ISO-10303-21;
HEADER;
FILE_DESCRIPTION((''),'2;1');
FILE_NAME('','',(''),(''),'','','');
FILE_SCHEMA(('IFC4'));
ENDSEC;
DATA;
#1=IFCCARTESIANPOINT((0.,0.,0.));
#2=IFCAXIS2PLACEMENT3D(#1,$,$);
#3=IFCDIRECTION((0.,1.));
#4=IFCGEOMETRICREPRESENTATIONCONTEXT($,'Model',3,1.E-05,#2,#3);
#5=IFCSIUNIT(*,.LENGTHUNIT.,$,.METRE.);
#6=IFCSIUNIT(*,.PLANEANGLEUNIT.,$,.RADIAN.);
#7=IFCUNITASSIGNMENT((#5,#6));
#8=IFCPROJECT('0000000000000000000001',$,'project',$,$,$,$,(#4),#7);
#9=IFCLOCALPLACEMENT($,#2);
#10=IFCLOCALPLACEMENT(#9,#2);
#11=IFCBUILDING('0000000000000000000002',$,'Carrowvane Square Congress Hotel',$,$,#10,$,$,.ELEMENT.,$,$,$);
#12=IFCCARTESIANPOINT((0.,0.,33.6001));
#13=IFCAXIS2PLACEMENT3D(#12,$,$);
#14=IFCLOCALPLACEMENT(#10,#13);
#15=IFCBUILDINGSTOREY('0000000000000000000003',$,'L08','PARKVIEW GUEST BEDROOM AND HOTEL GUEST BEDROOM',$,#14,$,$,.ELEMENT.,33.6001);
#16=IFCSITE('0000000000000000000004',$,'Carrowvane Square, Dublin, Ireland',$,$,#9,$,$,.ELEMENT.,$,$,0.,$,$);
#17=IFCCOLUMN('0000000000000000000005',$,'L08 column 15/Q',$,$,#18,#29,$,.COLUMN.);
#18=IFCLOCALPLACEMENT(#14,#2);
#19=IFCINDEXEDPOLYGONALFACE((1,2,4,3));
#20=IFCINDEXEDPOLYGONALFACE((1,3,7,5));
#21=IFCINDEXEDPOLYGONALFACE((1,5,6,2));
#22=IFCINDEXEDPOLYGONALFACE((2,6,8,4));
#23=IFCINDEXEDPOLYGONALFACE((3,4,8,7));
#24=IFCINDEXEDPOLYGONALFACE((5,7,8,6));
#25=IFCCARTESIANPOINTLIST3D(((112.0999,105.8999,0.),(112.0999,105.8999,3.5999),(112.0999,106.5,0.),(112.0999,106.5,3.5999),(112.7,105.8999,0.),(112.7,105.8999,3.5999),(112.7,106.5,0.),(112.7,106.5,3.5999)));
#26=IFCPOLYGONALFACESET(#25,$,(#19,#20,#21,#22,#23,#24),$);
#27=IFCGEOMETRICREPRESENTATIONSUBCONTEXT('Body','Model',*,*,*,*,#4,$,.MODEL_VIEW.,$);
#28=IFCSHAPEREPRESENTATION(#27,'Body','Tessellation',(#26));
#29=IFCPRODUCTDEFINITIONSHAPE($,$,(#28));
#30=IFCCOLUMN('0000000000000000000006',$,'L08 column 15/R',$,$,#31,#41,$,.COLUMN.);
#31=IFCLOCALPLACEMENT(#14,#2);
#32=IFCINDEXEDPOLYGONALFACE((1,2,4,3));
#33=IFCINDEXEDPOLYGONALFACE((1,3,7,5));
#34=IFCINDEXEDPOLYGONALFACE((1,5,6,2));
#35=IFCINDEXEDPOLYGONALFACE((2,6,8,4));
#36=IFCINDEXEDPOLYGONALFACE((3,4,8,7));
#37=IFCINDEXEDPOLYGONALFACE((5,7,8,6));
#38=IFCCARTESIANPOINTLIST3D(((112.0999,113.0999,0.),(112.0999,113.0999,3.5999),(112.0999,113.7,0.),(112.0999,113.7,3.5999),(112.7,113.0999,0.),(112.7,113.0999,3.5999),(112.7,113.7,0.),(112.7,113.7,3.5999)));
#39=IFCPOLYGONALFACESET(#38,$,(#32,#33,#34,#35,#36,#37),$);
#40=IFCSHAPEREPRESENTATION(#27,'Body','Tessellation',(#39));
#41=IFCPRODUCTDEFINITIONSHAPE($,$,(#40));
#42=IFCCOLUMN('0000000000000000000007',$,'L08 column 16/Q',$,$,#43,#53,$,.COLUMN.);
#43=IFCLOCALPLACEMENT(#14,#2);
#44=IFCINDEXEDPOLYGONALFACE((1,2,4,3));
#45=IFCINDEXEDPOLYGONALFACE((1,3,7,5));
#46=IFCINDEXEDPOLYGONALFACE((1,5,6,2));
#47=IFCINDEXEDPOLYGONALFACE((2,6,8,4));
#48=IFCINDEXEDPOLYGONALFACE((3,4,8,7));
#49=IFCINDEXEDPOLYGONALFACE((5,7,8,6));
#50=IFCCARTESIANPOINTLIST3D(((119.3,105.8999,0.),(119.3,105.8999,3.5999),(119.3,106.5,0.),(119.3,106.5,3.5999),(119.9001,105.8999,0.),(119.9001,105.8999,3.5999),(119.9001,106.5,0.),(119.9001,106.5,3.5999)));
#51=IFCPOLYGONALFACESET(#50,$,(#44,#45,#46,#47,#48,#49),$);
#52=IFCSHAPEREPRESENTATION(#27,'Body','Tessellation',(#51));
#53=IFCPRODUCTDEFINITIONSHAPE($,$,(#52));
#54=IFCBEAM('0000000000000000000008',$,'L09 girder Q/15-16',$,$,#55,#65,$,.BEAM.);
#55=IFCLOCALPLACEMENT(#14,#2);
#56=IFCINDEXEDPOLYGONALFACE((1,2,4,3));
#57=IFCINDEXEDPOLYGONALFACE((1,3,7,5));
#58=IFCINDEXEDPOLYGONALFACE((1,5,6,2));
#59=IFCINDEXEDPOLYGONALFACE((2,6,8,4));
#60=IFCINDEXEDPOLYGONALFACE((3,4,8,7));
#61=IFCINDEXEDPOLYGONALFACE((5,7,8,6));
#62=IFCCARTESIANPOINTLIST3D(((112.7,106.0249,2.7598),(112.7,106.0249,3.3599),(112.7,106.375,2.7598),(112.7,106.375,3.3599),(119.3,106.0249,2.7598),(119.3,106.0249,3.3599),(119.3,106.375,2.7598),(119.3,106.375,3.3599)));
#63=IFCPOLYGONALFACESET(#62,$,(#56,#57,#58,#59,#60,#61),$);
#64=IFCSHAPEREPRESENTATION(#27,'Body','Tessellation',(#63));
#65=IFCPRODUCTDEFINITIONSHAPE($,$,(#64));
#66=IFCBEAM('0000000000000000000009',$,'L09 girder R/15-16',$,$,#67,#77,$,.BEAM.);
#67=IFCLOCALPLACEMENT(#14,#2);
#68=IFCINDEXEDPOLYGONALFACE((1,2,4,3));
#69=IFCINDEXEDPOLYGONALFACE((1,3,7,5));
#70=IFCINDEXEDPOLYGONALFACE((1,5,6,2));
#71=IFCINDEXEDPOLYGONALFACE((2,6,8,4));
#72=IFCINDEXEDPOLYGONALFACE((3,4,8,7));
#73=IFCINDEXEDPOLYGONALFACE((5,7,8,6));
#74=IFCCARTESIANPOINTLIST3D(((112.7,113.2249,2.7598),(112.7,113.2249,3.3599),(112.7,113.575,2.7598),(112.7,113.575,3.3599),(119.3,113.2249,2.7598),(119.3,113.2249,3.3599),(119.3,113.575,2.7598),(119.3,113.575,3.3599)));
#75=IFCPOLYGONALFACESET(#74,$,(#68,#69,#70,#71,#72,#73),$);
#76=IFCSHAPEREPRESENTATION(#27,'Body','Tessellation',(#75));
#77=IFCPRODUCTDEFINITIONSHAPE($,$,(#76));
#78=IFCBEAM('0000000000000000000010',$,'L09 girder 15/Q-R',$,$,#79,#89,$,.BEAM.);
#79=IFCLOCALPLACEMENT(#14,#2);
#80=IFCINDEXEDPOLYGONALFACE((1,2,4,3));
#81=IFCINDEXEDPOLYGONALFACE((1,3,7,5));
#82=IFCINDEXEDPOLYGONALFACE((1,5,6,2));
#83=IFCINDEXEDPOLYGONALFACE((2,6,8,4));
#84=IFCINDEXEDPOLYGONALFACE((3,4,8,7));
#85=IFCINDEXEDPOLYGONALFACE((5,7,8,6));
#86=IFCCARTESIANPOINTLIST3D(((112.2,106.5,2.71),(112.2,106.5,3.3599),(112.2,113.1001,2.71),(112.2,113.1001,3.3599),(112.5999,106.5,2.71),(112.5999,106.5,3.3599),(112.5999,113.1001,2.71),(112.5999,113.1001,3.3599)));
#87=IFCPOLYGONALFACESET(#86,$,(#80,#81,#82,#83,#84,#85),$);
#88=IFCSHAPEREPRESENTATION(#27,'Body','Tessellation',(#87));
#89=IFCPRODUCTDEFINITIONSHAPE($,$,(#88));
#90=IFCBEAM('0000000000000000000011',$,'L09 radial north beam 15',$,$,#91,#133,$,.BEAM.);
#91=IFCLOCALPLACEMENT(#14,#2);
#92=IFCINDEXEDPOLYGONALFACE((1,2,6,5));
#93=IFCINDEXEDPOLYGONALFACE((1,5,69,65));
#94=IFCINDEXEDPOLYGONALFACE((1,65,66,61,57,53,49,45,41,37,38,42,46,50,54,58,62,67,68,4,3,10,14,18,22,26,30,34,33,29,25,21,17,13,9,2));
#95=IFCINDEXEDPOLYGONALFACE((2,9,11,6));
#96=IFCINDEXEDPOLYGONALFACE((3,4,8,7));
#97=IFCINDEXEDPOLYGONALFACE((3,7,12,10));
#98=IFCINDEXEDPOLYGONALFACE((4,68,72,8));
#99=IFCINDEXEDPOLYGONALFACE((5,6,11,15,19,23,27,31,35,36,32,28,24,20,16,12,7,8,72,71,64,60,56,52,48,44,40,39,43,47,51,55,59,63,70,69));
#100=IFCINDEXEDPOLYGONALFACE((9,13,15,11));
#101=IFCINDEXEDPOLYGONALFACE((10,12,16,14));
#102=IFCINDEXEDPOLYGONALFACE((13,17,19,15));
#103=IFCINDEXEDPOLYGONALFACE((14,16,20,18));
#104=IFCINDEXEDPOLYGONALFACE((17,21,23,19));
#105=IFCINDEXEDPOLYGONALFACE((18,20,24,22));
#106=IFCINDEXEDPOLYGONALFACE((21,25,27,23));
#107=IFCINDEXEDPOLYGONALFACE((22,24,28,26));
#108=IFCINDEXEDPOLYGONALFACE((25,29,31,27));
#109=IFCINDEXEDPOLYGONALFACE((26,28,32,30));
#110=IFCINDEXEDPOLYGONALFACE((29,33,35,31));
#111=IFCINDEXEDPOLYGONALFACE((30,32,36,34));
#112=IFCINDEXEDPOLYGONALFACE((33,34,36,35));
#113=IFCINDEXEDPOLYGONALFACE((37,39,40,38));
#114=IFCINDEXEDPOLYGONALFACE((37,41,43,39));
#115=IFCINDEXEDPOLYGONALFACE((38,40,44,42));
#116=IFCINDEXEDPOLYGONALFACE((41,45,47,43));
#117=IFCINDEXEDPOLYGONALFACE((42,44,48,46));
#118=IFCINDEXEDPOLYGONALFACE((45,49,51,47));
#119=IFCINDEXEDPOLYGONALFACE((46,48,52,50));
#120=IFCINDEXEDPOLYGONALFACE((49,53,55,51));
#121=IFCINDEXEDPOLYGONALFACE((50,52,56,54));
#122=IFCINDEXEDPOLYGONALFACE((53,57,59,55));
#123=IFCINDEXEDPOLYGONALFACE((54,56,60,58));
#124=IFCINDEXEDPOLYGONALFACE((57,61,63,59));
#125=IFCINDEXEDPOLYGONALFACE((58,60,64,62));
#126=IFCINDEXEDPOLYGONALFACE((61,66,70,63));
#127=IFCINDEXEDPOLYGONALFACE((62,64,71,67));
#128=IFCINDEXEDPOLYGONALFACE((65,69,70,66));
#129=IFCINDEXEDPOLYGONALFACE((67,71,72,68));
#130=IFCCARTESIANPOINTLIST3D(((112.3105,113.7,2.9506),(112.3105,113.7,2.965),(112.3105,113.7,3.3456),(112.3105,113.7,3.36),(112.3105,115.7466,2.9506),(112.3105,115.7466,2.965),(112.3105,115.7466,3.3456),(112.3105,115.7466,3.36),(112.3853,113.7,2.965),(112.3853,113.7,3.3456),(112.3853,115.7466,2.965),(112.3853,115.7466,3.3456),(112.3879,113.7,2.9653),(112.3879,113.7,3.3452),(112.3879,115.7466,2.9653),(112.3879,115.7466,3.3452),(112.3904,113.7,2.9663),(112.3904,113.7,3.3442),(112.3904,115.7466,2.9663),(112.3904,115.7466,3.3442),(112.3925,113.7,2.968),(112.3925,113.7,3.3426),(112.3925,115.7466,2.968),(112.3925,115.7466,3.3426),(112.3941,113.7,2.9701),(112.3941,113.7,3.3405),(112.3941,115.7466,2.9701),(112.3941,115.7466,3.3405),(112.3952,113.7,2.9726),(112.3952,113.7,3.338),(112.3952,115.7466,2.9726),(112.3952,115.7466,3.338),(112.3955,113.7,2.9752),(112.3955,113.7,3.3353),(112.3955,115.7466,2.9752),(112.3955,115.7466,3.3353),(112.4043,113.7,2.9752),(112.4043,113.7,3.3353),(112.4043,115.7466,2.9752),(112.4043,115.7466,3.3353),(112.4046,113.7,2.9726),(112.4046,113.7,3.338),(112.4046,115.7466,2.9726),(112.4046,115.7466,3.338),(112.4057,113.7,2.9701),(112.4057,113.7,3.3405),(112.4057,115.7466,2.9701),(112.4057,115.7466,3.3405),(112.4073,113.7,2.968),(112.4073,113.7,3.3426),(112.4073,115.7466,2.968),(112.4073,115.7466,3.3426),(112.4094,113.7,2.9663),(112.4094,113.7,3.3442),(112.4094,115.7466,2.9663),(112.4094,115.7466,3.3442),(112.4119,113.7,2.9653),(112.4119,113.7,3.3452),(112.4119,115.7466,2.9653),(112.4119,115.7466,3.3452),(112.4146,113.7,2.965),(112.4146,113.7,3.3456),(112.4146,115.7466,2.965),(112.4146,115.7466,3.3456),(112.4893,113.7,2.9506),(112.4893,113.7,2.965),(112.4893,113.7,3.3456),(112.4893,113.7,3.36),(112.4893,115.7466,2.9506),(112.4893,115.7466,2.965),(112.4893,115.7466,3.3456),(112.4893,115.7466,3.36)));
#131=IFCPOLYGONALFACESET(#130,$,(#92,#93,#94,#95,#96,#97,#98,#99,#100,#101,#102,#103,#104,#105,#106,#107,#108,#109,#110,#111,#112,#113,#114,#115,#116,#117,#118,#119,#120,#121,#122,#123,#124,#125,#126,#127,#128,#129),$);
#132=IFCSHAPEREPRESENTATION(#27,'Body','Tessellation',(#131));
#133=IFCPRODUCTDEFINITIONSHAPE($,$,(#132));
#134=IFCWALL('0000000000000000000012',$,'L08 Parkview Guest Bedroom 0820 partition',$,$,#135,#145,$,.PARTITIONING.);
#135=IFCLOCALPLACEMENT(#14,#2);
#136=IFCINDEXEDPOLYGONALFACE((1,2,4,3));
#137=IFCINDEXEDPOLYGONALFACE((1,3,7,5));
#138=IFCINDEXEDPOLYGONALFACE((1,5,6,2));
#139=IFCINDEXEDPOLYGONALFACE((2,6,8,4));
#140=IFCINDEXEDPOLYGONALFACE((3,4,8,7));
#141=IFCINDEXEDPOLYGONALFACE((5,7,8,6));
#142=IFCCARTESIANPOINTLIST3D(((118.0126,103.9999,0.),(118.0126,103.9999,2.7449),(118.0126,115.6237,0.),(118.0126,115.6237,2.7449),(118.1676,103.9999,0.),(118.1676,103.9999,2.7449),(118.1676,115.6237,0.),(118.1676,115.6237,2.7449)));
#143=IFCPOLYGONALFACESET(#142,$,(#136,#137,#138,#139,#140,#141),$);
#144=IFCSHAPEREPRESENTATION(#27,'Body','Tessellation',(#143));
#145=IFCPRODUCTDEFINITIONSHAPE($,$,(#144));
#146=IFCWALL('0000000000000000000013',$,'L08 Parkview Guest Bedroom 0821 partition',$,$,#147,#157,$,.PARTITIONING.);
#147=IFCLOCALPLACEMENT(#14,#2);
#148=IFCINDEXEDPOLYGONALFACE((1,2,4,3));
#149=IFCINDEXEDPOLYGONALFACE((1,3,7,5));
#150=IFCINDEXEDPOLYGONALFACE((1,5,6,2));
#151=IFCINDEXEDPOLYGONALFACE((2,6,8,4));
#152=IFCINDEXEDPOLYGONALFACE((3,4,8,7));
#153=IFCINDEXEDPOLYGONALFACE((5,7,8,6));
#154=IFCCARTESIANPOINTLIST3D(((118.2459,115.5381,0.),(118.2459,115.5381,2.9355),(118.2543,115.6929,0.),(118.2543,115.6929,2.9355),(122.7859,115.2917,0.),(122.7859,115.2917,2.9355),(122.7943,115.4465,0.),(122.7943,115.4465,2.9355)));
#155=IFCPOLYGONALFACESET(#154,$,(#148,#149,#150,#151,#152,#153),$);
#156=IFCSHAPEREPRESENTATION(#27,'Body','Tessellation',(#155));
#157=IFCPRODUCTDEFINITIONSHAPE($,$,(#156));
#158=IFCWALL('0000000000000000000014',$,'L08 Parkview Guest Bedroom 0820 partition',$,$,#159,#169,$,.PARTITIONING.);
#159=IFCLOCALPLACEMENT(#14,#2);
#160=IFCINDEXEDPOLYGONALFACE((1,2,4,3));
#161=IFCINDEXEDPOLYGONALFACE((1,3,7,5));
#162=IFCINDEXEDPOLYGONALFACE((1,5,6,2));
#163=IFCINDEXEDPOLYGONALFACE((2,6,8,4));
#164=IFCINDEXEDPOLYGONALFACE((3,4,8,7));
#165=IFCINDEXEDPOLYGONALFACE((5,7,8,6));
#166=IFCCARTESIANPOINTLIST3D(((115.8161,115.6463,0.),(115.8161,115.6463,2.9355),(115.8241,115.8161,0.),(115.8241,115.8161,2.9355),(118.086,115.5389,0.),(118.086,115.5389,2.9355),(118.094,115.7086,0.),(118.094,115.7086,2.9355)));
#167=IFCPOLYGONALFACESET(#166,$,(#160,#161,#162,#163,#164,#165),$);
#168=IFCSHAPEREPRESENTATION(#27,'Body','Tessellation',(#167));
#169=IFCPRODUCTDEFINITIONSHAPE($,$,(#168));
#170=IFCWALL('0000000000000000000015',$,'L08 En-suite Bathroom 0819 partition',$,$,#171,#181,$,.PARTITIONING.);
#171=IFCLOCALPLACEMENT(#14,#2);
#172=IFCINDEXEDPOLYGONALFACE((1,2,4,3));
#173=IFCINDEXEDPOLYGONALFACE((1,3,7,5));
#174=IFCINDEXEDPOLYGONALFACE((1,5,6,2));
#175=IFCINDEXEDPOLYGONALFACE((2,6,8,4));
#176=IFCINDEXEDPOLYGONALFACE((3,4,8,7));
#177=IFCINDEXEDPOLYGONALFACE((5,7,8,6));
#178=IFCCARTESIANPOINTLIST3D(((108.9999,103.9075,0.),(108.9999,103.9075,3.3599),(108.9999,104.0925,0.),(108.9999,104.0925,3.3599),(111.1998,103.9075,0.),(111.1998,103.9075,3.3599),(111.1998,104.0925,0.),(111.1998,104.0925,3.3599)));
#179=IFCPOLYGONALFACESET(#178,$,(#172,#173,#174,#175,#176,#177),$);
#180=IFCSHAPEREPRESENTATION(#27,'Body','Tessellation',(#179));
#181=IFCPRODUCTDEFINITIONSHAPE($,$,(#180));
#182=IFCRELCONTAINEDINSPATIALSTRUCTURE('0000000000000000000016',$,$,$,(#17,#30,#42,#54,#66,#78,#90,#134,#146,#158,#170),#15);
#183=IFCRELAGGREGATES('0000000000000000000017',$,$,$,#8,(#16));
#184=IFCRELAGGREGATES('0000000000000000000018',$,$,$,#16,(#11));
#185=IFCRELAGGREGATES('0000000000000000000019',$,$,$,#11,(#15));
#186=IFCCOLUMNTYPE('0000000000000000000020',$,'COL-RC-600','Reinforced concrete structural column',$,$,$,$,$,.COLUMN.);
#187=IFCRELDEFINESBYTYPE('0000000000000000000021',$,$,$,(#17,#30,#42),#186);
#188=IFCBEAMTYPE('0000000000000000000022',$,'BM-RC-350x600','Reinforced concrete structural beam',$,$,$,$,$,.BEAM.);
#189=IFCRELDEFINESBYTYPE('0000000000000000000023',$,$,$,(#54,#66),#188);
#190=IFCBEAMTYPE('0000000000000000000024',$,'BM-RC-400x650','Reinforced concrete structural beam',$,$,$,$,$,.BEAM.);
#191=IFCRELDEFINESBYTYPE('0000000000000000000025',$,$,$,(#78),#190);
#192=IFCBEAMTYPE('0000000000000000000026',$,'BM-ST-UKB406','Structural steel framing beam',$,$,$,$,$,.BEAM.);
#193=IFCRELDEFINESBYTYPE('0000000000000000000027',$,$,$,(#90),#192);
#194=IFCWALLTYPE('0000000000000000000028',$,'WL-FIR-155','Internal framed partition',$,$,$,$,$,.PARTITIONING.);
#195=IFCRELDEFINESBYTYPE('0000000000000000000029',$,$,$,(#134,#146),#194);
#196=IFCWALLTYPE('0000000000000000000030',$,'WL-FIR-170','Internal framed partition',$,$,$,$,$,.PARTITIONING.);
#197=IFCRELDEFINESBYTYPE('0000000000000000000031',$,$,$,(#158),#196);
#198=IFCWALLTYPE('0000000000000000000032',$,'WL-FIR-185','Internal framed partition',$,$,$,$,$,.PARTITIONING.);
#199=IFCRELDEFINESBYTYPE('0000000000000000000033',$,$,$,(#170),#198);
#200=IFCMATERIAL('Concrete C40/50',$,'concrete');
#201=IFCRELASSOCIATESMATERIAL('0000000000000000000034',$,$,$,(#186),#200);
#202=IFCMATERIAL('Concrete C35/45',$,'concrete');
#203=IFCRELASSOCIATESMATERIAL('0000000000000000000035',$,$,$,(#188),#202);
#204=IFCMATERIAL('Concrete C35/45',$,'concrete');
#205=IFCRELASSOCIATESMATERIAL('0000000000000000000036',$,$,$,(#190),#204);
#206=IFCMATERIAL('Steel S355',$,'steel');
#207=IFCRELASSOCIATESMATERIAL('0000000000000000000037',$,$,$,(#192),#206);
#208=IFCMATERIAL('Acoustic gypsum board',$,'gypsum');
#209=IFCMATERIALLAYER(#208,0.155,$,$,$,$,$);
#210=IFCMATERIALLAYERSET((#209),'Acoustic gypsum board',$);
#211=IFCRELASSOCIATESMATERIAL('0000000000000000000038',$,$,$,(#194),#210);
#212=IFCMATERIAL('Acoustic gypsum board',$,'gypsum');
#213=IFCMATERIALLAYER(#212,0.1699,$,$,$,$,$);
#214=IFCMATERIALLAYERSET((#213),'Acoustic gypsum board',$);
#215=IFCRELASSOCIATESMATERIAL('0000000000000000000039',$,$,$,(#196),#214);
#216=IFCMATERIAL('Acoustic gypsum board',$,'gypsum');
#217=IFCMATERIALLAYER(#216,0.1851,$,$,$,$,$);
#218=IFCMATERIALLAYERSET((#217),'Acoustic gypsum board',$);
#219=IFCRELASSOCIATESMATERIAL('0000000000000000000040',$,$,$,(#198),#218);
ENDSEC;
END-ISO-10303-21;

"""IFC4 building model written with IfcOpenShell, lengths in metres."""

from ifc_helpers import new_model, si_unit, direction, frame, frame_2d, origin, origin_2d, place, context, subcontext, project, spatial, rectangle, i_section, extrude, material, layer, layer_set, material_profile, profile_set, type_object, element, save


model = new_model("IFC4")

# Units and contexts
model_context = context("Model", 3, precision=1e-05, world=origin(), true_north=direction((0.0, 1.0)))
body_context = subcontext(model_context, "Body", "Model", "MODEL_VIEW")
ifc_project = project(units=[si_unit("LENGTHUNIT", "METRE"), si_unit("PLANEANGLEUNIT", "RADIAN")], contexts=[model_context])

# Site, building, storey
site_placement = place(None, origin())
site = spatial("IfcSite", under=ifc_project, at=site_placement, Name="Carrowvane Square, Dublin, Ireland", CompositionType="ELEMENT", RefElevation=0.0)
building_placement = place(site_placement, origin())
building = spatial("IfcBuilding", under=site, at=building_placement, Name="Carrowvane Square Congress Hotel", CompositionType="ELEMENT")
storey_placement = place(building_placement, frame((0.0, 0.0, 33.6001)))
storey = spatial("IfcBuildingStorey", under=building, at=storey_placement, Name="L08", Description="PARKVIEW GUEST BEDROOM AND HOTEL GUEST BEDROOM", CompositionType="ELEMENT", Elevation=33.6001)

# Columns
ifc_material_1 = material(Name="Concrete C40/50", Category="concrete")
ifc_material_profile_1 = material_profile(ifc_material_1, rectangle(XDim=0.6001, YDim=0.6001, at=origin_2d()), Name="RC 600x600")
ifc_profile_set_1 = profile_set([ifc_material_profile_1], Name="Concrete C40/50")
column_type = type_object("IfcColumnType", Name="COL-RC-600", Description="Reinforced concrete structural column", PredefinedType="COLUMN", material=ifc_profile_set_1)
for number, where, z_axis, x_axis, name in (
    (1, (112.3999, 106.2, 0.0), (0.0, 0.0, 1.0), (1.0, 0.0, 0.0), "L08 column 15/Q"),
    (2, (112.3999, 113.3999, 0.0), (0.0, 0.0, 1.0), (1.0, 0.0, 0.0), "L08 column 15/R"),
    (3, (119.6001, 106.2, 0.0), (0.0, 0.0, 1.0), (1.0, 0.0, 0.0), "L08 column 16/Q"),
):
    element("IfcColumn", number, at=place(storey_placement, frame(where, z_axis=z_axis, x_axis=x_axis)), inside=storey, type_object=column_type, Name=name, PredefinedType="COLUMN", context=body_context, shape_type="SweptSolid", body=[
        extrude(rectangle(XDim=0.6001, YDim=0.6001, at=origin_2d()), origin(), (0.0, 0.0, 1.0), 3.5999),
    ])

# Beams
ifc_material_2 = material(Name="Concrete C35/45", Category="concrete")
ifc_material_profile_2 = material_profile(ifc_material_2, rectangle(XDim=0.3501, YDim=0.6001, at=origin_2d()), Name="RC 350x600")
ifc_profile_set_2 = profile_set([ifc_material_profile_2], Name="Concrete C35/45")
beam_type_1 = type_object("IfcBeamType", Name="BM-RC-350x600", Description="Reinforced concrete structural beam", PredefinedType="BEAM", material=ifc_profile_set_2)
for number, where, z_axis, x_axis, name in (
    (4, (112.7, 106.2, 3.0598), (1.0, 0.0, 0.0), (0.0, 1.0, 0.0), "L09 girder Q/15-16"),
    (5, (112.7, 113.3999, 3.0598), (1.0, 0.0, 0.0), (0.0, 1.0, 0.0), "L09 girder R/15-16"),
):
    element("IfcBeam", number, at=place(storey_placement, frame(where, z_axis=z_axis, x_axis=x_axis)), inside=storey, type_object=beam_type_1, Name=name, PredefinedType="BEAM", context=body_context, shape_type="SweptSolid", body=[
        extrude(rectangle(XDim=0.3501, YDim=0.6001, at=origin_2d()), origin(), (0.0, 0.0, 1.0), 6.6001),
    ])
ifc_material_3 = material(Name="Concrete C35/45", Category="concrete")
ifc_material_profile_3 = material_profile(ifc_material_3, rectangle(XDim=0.3999, YDim=0.6499, at=origin_2d()), Name="RC 400x650")
ifc_profile_set_3 = profile_set([ifc_material_profile_3], Name="Concrete C35/45")
beam_type_2 = type_object("IfcBeamType", Name="BM-RC-400x650", Description="Reinforced concrete structural beam", PredefinedType="BEAM", material=ifc_profile_set_3)
beam_1_placement = place(storey_placement, frame((112.3999, 106.5, 3.0349), z_axis=(0.0, 1.0, 0.0), x_axis=(-1.0, 0.0, 0.0)))
element("IfcBeam", 6, at=beam_1_placement, inside=storey, type_object=beam_type_2, Name="L09 girder 15/Q-R", PredefinedType="BEAM", context=body_context, shape_type="SweptSolid", body=[
    extrude(rectangle(XDim=0.3999, YDim=0.6499, at=origin_2d()), origin(), (0.0, 0.0, 1.0), 6.6001),
])
ifc_material_4 = material(Name="Steel S355", Category="steel")
ifc_material_profile_4 = material_profile(ifc_material_4, i_section(OverallWidth=0.1787, OverallDepth=0.4094, WebThickness=0.0088, FlangeThickness=0.0144, FilletRadius=0.0103, at=origin_2d()), Name="UKB 406x178x67")
ifc_profile_set_4 = profile_set([ifc_material_profile_4], Name="Steel S355")
beam_type_3 = type_object("IfcBeamType", Name="BM-ST-UKB406", Description="Structural steel framing beam", PredefinedType="BEAM", material=ifc_profile_set_4)
beam_2_placement = place(storey_placement, frame((112.3999, 113.7, 3.1553), z_axis=(0.0, 1.0, 0.0), x_axis=(-1.0, 0.0, 0.0)))
element("IfcBeam", 7, at=beam_2_placement, inside=storey, type_object=beam_type_3, Name="L09 radial north beam 15", PredefinedType="BEAM", context=body_context, shape_type="SweptSolid", body=[
    extrude(i_section(OverallWidth=0.1787, OverallDepth=0.4094, WebThickness=0.0088, FlangeThickness=0.0144, FilletRadius=0.0103, at=origin_2d()), origin(), (0.0, 0.0, 1.0), 2.0466),
])

# Walls
ifc_material_5 = material(Name="Acoustic gypsum board", Category="gypsum")
ifc_layer_1 = layer(ifc_material_5, 0.155)
ifc_layer_set_1 = layer_set([ifc_layer_1], Name="Acoustic gypsum board")
wall_type_1 = type_object("IfcWallType", Name="WL-FIR-155", Description="Internal framed partition", PredefinedType="PARTITIONING", material=ifc_layer_set_1)
wall_1_placement = place(storey_placement, frame((118.0901, 115.6238, 0.0), z_axis=(0.0, 0.0, 1.0), x_axis=(0.0, -1.0, 0.0)))
element("IfcWall", 8, at=wall_1_placement, inside=storey, type_object=wall_type_1, Name="L08 Parkview Guest Bedroom 0820 partition", PredefinedType="PARTITIONING", context=body_context, shape_type="SweptSolid", body=[
    extrude(rectangle(XDim=11.6238, YDim=0.155, at=frame_2d((5.812, 0.0))), origin(), (0.0, 0.0, 1.0), 2.7449),
])
wall_2_placement = place(storey_placement, frame((118.25, 115.6155, 0.0), z_axis=(0.0, 0.0, 1.0), x_axis=(0.998531, -0.054179, 0.0)))
element("IfcWall", 9, at=wall_2_placement, inside=storey, type_object=wall_type_1, Name="L08 Parkview Guest Bedroom 0821 partition", PredefinedType="PARTITIONING", context=body_context, shape_type="SweptSolid", body=[
    extrude(rectangle(XDim=4.5466, YDim=0.155, at=frame_2d((2.2734, 0.0))), origin(), (0.0, 0.0, 1.0), 2.9355),
])

# Shared definitions
ifc_material_6 = material(Name="Acoustic gypsum board", Category="gypsum")
ifc_layer_2 = layer(ifc_material_6, 0.1699)
ifc_layer_set_2 = layer_set([ifc_layer_2], Name="Acoustic gypsum board")
wall_type_2 = type_object("IfcWallType", Name="WL-FIR-170", Description="Internal framed partition", PredefinedType="PARTITIONING", material=ifc_layer_set_2)

# Walls
wall_3_placement = place(storey_placement, frame((115.8201, 115.7312, 0.0), z_axis=(0.0, 0.0, 1.0), x_axis=(0.998882, -0.047269, 0.0)))
element("IfcWall", 10, at=wall_3_placement, inside=storey, type_object=wall_type_2, Name="L08 Parkview Guest Bedroom 0820 partition", PredefinedType="PARTITIONING", context=body_context, shape_type="SweptSolid", body=[
    extrude(rectangle(XDim=2.2725, YDim=0.1699, at=frame_2d((1.1362, 0.0))), origin(), (0.0, 0.0, 1.0), 2.9355),
])
ifc_material_7 = material(Name="Acoustic gypsum board", Category="gypsum")
ifc_layer_3 = layer(ifc_material_7, 0.1851)
ifc_layer_set_3 = layer_set([ifc_layer_3], Name="Acoustic gypsum board")
wall_type_3 = type_object("IfcWallType", Name="WL-FIR-185", Description="Internal framed partition", PredefinedType="PARTITIONING", material=ifc_layer_set_3)
wall_4_placement = place(storey_placement, frame((111.2, 104.0, 0.0), z_axis=(0.0, 0.0, 1.0), x_axis=(-1.0, 0.0, 0.0)))
element("IfcWall", 11, at=wall_4_placement, inside=storey, type_object=wall_type_3, Name="L08 En-suite Bathroom 0819 partition", PredefinedType="PARTITIONING", context=body_context, shape_type="SweptSolid", body=[
    extrude(rectangle(XDim=2.2, YDim=0.1851, at=frame_2d((1.1001, 0.0))), origin(), (0.0, 0.0, 1.0), 3.3599),
])

save(model, "model.ifc")
